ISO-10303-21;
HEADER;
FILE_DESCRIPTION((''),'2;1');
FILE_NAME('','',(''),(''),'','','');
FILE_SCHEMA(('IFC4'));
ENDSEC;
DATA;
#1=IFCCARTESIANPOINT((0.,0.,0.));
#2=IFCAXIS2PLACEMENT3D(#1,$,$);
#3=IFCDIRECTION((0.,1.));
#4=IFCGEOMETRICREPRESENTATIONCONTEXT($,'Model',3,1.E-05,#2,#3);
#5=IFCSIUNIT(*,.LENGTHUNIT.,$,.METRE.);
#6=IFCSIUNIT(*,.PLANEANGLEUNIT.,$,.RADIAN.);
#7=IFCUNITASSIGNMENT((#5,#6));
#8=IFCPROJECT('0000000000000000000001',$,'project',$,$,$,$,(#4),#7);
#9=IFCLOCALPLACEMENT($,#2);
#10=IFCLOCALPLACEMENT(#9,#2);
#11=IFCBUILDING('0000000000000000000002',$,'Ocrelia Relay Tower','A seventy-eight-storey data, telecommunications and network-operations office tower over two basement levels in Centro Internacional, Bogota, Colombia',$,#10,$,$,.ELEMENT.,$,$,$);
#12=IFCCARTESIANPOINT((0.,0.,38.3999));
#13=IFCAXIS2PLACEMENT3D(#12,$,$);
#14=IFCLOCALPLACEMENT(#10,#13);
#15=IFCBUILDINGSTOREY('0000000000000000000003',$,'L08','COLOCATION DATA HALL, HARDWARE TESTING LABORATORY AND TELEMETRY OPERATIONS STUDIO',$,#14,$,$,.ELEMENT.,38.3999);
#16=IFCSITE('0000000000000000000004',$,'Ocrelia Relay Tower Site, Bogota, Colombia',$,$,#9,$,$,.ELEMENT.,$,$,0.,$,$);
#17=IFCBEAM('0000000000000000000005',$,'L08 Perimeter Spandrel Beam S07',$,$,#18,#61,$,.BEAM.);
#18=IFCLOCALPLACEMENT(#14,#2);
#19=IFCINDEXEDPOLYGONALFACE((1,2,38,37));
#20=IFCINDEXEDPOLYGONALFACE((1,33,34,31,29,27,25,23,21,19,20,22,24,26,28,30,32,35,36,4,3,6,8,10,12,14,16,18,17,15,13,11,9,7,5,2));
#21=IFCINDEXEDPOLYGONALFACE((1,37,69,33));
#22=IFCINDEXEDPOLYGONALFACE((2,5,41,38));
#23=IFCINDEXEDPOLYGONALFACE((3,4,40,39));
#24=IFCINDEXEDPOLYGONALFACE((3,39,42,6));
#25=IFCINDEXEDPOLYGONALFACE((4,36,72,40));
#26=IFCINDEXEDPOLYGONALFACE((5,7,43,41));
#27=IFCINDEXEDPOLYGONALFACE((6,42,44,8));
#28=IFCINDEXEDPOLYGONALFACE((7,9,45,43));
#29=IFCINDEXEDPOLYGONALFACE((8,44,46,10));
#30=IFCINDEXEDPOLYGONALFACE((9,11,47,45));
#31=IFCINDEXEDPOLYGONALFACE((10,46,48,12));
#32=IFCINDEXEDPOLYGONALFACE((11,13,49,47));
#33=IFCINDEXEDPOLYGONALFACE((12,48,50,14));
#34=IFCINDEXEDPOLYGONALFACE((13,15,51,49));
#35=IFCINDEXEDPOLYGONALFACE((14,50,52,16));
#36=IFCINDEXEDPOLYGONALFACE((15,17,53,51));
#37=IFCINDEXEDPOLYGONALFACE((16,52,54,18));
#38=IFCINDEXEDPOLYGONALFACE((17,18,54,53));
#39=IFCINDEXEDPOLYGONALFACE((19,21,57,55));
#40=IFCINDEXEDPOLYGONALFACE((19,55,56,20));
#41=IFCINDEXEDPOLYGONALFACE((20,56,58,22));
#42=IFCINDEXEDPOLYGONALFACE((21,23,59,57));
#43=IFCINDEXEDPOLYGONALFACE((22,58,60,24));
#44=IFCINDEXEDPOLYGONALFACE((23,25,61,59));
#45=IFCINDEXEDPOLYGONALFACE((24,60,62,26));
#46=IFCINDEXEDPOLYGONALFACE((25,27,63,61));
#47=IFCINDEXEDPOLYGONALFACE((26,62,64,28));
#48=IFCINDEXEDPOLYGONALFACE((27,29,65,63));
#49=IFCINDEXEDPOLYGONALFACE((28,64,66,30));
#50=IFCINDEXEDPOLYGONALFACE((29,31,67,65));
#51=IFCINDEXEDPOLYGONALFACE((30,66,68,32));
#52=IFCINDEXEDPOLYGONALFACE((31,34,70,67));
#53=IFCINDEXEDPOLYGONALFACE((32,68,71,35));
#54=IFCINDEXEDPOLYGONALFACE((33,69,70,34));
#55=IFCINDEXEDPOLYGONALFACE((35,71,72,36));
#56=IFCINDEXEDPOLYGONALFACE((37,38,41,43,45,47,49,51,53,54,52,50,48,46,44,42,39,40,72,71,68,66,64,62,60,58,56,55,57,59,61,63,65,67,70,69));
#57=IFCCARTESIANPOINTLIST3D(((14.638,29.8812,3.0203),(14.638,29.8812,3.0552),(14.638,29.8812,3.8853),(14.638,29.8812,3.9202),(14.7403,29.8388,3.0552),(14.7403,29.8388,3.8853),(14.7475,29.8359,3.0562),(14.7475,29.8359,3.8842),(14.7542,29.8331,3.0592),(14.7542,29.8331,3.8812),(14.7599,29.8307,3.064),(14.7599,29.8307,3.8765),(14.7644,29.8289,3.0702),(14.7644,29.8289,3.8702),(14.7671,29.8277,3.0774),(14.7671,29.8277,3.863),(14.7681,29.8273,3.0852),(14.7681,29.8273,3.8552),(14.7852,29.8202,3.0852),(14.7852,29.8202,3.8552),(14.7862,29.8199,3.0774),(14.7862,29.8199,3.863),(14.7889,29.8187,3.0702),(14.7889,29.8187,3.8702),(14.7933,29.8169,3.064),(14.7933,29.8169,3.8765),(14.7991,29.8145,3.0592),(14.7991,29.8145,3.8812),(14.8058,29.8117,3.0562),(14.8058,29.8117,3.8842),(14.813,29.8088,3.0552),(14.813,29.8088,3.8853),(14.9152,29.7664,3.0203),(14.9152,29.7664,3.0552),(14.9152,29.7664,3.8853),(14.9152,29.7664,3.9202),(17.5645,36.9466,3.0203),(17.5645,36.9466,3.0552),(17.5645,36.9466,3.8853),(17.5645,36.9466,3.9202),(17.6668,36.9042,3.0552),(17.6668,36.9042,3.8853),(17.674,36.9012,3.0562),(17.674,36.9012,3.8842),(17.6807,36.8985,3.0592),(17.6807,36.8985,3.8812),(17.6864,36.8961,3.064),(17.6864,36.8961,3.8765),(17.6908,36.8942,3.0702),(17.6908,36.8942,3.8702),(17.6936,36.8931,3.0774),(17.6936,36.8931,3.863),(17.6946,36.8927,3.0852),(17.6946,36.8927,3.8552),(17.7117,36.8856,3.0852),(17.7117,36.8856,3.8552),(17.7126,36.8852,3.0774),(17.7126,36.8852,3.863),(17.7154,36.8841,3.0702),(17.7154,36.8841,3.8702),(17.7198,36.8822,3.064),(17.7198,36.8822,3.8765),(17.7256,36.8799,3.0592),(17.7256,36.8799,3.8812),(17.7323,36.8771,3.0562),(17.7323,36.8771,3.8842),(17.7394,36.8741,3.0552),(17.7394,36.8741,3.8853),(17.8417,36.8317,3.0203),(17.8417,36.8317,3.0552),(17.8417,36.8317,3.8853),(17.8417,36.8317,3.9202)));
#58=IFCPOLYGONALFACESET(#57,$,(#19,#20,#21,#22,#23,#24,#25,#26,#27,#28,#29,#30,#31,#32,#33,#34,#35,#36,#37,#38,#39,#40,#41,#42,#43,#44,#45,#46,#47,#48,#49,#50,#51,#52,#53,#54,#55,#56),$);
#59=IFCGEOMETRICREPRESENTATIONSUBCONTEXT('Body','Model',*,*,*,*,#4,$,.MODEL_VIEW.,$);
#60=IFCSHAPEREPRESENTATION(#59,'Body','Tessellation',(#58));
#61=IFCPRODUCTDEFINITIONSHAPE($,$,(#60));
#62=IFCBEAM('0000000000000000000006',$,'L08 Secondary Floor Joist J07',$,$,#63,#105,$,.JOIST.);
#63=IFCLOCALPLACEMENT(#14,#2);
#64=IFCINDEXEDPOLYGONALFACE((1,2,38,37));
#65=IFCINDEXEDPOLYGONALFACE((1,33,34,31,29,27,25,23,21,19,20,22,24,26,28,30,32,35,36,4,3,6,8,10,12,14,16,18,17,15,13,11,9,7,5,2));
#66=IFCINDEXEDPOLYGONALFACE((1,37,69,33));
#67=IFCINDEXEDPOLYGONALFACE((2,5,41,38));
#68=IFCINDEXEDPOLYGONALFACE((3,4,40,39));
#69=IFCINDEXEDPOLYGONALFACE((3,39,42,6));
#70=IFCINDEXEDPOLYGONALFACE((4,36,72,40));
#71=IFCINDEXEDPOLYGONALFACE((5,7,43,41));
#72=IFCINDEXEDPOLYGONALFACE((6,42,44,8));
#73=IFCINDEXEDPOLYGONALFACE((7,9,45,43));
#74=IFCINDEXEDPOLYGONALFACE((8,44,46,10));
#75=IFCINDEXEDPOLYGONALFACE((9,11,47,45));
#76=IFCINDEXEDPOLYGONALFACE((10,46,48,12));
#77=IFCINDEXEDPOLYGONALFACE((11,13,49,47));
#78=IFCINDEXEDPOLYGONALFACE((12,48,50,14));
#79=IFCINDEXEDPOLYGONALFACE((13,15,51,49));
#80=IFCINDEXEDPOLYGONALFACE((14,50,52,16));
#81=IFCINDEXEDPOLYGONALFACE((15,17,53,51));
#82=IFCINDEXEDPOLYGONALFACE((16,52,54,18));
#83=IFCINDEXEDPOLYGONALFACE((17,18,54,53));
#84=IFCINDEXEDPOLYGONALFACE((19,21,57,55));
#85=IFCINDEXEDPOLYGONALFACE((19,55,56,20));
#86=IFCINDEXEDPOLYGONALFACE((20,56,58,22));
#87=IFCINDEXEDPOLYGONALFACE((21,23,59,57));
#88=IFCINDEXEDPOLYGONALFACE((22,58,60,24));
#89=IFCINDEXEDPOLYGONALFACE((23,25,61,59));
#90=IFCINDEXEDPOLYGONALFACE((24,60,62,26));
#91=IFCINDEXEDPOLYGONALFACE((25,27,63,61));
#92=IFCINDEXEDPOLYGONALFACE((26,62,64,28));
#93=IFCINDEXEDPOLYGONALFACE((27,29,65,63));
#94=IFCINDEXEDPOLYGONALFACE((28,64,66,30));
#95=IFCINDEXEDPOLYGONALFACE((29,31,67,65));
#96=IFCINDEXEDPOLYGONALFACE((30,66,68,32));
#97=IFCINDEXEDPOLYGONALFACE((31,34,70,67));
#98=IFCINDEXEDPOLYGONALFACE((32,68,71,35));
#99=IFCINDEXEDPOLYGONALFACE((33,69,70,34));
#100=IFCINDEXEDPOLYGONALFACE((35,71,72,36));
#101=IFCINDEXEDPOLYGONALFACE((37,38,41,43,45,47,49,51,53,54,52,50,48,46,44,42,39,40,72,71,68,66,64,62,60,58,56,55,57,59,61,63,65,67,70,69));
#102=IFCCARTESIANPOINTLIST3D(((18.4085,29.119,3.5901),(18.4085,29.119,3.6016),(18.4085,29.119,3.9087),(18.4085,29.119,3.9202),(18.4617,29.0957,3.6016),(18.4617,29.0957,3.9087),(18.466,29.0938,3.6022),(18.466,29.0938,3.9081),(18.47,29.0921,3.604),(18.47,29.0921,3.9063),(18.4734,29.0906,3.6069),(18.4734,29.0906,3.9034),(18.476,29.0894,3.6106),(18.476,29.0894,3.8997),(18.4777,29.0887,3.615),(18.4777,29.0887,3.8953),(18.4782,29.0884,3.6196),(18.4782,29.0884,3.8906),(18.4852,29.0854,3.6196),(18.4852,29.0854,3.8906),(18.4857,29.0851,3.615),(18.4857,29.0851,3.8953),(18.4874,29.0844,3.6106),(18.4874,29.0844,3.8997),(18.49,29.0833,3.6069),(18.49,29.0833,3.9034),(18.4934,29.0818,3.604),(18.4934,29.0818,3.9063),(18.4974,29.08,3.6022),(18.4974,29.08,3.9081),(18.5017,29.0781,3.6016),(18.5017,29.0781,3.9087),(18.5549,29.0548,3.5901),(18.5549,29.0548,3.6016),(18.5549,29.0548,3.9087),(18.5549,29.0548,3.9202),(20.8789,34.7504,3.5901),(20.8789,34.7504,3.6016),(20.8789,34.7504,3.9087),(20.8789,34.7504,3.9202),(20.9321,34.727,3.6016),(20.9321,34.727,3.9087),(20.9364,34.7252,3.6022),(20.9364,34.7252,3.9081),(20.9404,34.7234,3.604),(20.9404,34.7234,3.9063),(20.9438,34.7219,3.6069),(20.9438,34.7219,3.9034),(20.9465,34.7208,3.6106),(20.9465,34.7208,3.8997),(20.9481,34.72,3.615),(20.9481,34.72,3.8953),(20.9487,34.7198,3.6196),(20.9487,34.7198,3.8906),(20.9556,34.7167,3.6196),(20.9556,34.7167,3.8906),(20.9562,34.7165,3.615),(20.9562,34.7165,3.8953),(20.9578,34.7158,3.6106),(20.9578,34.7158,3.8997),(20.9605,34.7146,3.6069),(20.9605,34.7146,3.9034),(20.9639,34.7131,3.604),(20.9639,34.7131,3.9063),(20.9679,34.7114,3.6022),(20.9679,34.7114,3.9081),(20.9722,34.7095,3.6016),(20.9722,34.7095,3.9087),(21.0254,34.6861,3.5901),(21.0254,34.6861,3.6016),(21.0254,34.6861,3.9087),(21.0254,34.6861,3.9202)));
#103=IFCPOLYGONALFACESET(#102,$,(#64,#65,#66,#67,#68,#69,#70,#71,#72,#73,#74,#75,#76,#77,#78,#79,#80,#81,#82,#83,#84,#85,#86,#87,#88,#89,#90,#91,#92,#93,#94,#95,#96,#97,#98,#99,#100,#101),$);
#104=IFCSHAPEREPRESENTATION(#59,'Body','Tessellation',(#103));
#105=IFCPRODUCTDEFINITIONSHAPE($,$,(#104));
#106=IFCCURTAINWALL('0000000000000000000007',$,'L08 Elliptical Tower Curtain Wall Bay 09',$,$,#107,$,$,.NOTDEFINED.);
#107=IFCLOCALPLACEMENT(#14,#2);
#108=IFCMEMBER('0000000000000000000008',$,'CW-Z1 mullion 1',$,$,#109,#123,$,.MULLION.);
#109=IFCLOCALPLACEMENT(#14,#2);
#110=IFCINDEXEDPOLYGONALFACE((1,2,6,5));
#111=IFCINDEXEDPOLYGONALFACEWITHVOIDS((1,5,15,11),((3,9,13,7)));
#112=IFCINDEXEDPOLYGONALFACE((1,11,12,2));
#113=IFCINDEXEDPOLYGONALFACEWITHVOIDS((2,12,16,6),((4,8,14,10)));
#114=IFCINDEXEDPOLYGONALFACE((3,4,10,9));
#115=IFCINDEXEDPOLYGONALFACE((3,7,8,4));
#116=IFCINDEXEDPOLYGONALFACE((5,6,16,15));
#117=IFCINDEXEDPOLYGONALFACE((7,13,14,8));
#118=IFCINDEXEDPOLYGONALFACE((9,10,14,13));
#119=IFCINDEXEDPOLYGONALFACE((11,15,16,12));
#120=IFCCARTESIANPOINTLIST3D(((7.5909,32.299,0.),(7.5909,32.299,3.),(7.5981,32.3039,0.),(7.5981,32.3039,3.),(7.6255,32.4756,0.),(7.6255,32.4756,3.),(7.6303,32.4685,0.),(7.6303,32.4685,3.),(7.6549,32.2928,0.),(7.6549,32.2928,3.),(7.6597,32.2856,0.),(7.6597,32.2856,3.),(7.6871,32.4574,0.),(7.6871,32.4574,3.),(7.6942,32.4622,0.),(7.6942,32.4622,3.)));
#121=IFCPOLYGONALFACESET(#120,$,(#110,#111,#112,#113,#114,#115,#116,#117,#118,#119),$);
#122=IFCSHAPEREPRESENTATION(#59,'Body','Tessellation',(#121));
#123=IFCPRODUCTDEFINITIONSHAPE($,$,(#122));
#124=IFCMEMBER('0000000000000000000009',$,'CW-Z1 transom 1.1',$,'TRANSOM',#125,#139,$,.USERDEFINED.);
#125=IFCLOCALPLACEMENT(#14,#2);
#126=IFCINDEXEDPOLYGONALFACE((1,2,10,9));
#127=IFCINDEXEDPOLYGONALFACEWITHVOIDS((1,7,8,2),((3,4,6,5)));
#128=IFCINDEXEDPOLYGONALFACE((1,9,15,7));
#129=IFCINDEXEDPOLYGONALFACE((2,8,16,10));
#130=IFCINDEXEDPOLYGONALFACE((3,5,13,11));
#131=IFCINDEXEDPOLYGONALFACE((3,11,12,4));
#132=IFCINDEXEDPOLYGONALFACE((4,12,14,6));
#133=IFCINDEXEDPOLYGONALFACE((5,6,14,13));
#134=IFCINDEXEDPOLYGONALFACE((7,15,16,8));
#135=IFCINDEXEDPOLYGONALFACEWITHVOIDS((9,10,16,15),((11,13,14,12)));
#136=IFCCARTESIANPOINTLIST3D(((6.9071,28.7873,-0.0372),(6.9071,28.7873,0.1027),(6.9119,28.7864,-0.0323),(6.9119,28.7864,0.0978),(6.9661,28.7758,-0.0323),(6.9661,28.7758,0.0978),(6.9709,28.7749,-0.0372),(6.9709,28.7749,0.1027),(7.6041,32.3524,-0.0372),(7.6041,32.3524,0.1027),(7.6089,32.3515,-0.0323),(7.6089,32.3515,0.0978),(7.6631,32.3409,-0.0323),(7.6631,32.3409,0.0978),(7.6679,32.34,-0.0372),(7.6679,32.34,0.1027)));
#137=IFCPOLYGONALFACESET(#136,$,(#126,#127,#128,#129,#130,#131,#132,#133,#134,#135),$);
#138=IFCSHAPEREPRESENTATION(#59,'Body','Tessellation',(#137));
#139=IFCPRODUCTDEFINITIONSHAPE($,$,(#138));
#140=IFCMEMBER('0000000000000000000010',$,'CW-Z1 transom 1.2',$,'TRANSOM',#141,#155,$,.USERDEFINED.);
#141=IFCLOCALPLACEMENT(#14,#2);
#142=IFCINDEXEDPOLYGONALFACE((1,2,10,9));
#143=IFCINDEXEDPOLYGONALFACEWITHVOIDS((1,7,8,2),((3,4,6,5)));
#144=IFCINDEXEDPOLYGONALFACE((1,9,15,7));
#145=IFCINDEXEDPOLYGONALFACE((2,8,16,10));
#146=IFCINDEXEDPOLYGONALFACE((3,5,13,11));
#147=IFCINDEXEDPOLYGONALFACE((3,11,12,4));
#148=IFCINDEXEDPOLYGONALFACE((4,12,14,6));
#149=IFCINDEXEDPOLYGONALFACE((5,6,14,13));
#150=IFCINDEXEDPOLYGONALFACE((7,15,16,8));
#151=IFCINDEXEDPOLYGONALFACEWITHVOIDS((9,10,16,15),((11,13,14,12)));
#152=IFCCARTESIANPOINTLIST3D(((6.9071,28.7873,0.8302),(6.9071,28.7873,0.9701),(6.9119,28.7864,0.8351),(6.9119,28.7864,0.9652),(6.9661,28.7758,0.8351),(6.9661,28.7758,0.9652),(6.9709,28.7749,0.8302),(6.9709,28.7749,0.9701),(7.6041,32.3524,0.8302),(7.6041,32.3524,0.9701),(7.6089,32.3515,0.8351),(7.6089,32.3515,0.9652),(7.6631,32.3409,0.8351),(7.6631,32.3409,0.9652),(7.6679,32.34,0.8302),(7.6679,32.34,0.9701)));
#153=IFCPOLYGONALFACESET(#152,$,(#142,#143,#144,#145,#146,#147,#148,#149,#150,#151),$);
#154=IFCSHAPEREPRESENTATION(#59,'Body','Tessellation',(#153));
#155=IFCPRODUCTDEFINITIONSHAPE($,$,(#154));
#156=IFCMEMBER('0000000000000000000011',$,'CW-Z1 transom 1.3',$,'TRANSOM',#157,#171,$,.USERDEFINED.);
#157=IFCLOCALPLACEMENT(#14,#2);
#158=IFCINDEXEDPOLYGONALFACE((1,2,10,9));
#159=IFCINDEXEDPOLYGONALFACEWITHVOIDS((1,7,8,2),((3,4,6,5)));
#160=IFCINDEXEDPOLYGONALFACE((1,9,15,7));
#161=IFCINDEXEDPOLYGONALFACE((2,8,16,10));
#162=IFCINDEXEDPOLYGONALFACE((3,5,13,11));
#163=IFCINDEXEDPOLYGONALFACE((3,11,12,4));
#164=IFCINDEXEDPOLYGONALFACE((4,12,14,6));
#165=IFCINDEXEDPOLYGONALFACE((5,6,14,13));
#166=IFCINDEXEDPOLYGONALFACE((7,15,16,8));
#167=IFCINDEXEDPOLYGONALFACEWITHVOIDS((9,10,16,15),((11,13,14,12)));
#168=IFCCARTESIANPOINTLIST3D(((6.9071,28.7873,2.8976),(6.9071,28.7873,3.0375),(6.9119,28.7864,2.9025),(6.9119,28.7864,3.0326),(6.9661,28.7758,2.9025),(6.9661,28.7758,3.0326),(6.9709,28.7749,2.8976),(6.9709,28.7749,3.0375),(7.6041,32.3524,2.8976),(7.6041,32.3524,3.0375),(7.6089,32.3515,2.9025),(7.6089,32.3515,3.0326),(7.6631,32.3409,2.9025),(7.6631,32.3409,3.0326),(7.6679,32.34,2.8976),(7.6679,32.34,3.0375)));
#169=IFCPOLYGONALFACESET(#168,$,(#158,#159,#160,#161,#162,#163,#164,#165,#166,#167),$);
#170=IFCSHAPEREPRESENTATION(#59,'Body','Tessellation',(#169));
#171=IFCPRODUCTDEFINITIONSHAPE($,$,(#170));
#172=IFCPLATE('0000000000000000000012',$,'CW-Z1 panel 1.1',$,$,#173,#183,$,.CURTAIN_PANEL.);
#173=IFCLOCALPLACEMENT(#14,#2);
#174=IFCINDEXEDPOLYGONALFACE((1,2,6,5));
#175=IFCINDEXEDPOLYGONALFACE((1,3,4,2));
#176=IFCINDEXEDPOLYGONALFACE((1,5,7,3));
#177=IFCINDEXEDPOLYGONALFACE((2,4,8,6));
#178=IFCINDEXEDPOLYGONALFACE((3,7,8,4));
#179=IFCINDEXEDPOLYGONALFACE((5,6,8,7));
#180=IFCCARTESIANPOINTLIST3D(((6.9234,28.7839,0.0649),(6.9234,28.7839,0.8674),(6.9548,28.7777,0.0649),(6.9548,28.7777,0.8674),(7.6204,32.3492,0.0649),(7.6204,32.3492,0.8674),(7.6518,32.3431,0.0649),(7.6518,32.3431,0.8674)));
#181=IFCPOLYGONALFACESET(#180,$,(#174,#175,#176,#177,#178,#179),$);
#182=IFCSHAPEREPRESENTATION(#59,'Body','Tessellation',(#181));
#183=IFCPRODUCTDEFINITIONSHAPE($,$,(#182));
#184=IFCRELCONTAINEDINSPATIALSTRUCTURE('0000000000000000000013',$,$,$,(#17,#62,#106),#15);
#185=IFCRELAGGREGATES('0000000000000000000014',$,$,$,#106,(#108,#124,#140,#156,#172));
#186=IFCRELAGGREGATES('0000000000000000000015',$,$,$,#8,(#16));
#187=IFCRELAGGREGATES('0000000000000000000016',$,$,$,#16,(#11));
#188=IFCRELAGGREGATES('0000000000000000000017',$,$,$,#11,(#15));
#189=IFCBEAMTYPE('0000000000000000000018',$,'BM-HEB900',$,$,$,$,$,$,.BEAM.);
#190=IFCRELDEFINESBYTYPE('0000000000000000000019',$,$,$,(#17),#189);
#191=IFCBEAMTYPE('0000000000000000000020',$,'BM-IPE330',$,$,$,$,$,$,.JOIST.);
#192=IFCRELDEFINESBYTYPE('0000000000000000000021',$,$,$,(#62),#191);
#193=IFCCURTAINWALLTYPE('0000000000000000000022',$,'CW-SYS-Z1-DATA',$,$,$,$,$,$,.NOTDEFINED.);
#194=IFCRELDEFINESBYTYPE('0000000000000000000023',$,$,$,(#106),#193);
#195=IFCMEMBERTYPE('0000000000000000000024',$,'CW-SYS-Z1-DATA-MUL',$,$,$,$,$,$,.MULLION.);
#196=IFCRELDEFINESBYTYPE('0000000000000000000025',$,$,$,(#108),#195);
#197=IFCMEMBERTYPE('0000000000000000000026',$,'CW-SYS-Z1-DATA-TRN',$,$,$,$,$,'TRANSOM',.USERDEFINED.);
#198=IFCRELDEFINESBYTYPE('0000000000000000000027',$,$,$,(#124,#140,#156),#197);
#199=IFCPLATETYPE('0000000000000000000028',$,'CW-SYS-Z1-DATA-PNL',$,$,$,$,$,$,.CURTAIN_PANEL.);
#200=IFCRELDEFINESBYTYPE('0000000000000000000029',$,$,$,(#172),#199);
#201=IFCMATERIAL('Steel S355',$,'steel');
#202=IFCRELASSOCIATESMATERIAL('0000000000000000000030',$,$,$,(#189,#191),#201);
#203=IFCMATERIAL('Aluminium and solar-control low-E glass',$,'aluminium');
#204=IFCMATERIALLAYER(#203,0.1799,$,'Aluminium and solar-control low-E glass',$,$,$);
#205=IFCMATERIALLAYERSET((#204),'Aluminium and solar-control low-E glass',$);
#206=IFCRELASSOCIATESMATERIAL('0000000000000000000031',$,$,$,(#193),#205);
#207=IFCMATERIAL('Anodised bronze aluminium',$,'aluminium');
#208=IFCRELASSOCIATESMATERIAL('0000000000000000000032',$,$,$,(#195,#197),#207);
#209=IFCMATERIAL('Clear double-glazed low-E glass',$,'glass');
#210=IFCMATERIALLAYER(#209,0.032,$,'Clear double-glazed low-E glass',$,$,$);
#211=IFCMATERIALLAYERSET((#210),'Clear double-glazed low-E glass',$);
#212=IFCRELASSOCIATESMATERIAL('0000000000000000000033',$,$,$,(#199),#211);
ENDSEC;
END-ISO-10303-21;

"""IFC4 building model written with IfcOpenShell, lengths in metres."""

from ifc_helpers import new_model, si_unit, direction, frame, origin, origin_2d, place, context, subcontext, project, spatial, rectangle, hollow_rectangle, i_section, extrude, material, layer, layer_set, material_profile, profile_set, type_object, element, aggregate, save


model = new_model("IFC4")

# Units and contexts
model_context = context("Model", 3, precision=1e-05, world=origin(), true_north=direction((0.0, 1.0)))
body_context = subcontext(model_context, "Body", "Model", "MODEL_VIEW")
ifc_project = project(units=[si_unit("LENGTHUNIT", "METRE"), si_unit("PLANEANGLEUNIT", "RADIAN")], contexts=[model_context])

# Site, building, storey
site_placement = place(None, origin())
site = spatial("IfcSite", under=ifc_project, at=site_placement, Name="Ocrelia Relay Tower Site, Bogota, Colombia", CompositionType="ELEMENT", RefElevation=0.0)
building_placement = place(site_placement, origin())
building = spatial("IfcBuilding", under=site, at=building_placement, Name="Ocrelia Relay Tower", Description="A seventy-eight-storey data, telecommunications and network-operations office tower over two basement levels in Centro Internacional, Bogota, Colombia", CompositionType="ELEMENT")
storey_placement = place(building_placement, frame((0.0, 0.0, 38.3999)))
storey = spatial("IfcBuildingStorey", under=building, at=storey_placement, Name="L08", Description="COLOCATION DATA HALL, HARDWARE TESTING LABORATORY AND TELEMETRY OPERATIONS STUDIO", CompositionType="ELEMENT", Elevation=38.3999)

# Beams
ifc_material_1 = material(Name="Steel S355", Category="steel")
ifc_material_profile_1 = material_profile(ifc_material_1, i_section(OverallWidth=0.3, OverallDepth=0.8999, WebThickness=0.0186, FlangeThickness=0.0349, FilletRadius=0.03, at=origin_2d()), Name="HEB 900")
ifc_profile_set_1 = profile_set([ifc_material_profile_1], Name="Steel S355")
beam_type_1 = type_object("IfcBeamType", Name="BM-HEB900", PredefinedType="BEAM", material=ifc_profile_set_1)
beam_1_placement = place(storey_placement, frame((17.7031, 36.8892, 3.4702), z_axis=(-0.382674, -0.923883, 0.0), x_axis=(0.923883, -0.382674, 0.0)))
element("IfcBeam", 1, at=beam_1_placement, inside=storey, type_object=beam_type_1, Name="L08 Perimeter Spandrel Beam S07", PredefinedType="BEAM", context=body_context, shape_type="SweptSolid", body=[
    extrude(i_section(OverallWidth=0.3, OverallDepth=0.8999, WebThickness=0.0186, FlangeThickness=0.0349, FilletRadius=0.03, at=origin_2d()), origin(), (0.0, 0.0, 1.0), 7.6475),
])
ifc_material_profile_2 = material_profile(ifc_material_1, i_section(OverallWidth=0.1599, OverallDepth=0.3301, WebThickness=0.0076, FlangeThickness=0.0115, FilletRadius=0.0181, at=origin_2d()), Name="IPE 330")
ifc_profile_set_2 = profile_set([ifc_material_profile_2], Name="Steel S355")
beam_type_2 = type_object("IfcBeamType", Name="BM-IPE330", PredefinedType="JOIST", material=ifc_profile_set_2)
beam_2_placement = place(storey_placement, frame((20.9521, 34.7183, 3.7551), z_axis=(-0.401739, -0.915754, 0.0), x_axis=(0.915754, -0.401739, 0.0)))
element("IfcBeam", 2, at=beam_2_placement, inside=storey, type_object=beam_type_2, Name="L08 Secondary Floor Joist J07", PredefinedType="JOIST", context=body_context, shape_type="SweptSolid", body=[
    extrude(i_section(OverallWidth=0.1599, OverallDepth=0.3301, WebThickness=0.0076, FlangeThickness=0.0115, FilletRadius=0.0181, at=origin_2d()), origin(), (0.0, 0.0, 1.0), 6.1494),
])

# Curtain wall, members, plate
ifc_material_2 = material(Name="Aluminium and solar-control low-E glass", Category="aluminium")
ifc_layer_1 = layer(ifc_material_2, 0.1799, Name="Aluminium and solar-control low-E glass")
ifc_layer_set_1 = layer_set([ifc_layer_1], Name="Aluminium and solar-control low-E glass")
curtain_wall_type = type_object("IfcCurtainWallType", Name="CW-SYS-Z1-DATA", PredefinedType="NOTDEFINED", material=ifc_layer_set_1)
curtain_wall_placement = place(storey_placement, origin())
curtain_wall = element("IfcCurtainWall", 3, at=curtain_wall_placement, inside=storey, type_object=curtain_wall_type, Name="L08 Elliptical Tower Curtain Wall Bay 09", PredefinedType="NOTDEFINED")
ifc_material_3 = material(Name="Anodised bronze aluminium", Category="aluminium")
ifc_material_profile_3 = material_profile(ifc_material_3, hollow_rectangle(XDim=0.0701, YDim=0.1799, WallThickness=0.0061, at=origin_2d()), Name="CW-MUL-180x70")
ifc_profile_set_3 = profile_set([ifc_material_profile_3], Name="Anodised bronze aluminium")
member_type_1 = type_object("IfcMemberType", Name="CW-SYS-Z1-DATA-MUL", PredefinedType="MULLION", material=ifc_profile_set_3)
member_1_placement = place(storey_placement, frame((7.6426, 32.3806, 0.0), z_axis=(0.0, 0.0, 1.0), x_axis=(0.981426, -0.191841, 0.0)))
member_1 = element("IfcMember", 4, at=member_1_placement, type_object=member_type_1, Name="CW-Z1 mullion 1", PredefinedType="MULLION", context=body_context, shape_type="SweptSolid", body=[
    extrude(hollow_rectangle(XDim=0.0701, YDim=0.1799, WallThickness=0.0061, at=origin_2d()), origin(), (0.0, 0.0, 1.0), 3.0),
])
ifc_material_profile_4 = material_profile(ifc_material_3, hollow_rectangle(XDim=0.0649, YDim=0.1399, WallThickness=0.0049, at=origin_2d()), Name="CW-TRN-140x65")
ifc_profile_set_4 = profile_set([ifc_material_profile_4], Name="Anodised bronze aluminium")
member_type_2 = type_object("IfcMemberType", Name="CW-SYS-Z1-DATA-TRN", ElementType="TRANSOM", PredefinedType="USERDEFINED", material=ifc_profile_set_4)
member_2_placement = place(storey_placement, frame((7.636, 32.3462, 0.0327), z_axis=(-0.191875, -0.981419, 0.0), x_axis=(0.981419, -0.191875, 0.0)))
member_2 = element("IfcMember", 5, at=member_2_placement, type_object=member_type_2, Name="CW-Z1 transom 1.1", ObjectType="TRANSOM", PredefinedType="USERDEFINED", context=body_context, shape_type="SweptSolid", body=[
    extrude(hollow_rectangle(XDim=0.0649, YDim=0.1399, WallThickness=0.0049, at=origin_2d()), origin(), (0.0, 0.0, 1.0), 3.6326),
])
member_3_placement = place(storey_placement, frame((7.636, 32.3462, 0.9001), z_axis=(-0.191875, -0.981419, 0.0), x_axis=(0.981419, -0.191875, 0.0)))
member_3 = element("IfcMember", 6, at=member_3_placement, type_object=member_type_2, Name="CW-Z1 transom 1.2", ObjectType="TRANSOM", PredefinedType="USERDEFINED", context=body_context, shape_type="SweptSolid", body=[
    extrude(hollow_rectangle(XDim=0.0649, YDim=0.1399, WallThickness=0.0049, at=origin_2d()), origin(), (0.0, 0.0, 1.0), 3.6326),
])
member_4_placement = place(storey_placement, frame((7.636, 32.3462, 2.9675), z_axis=(-0.191875, -0.981419, 0.0), x_axis=(0.981419, -0.191875, 0.0)))
member_4 = element("IfcMember", 7, at=member_4_placement, type_object=member_type_2, Name="CW-Z1 transom 1.3", ObjectType="TRANSOM", PredefinedType="USERDEFINED", context=body_context, shape_type="SweptSolid", body=[
    extrude(hollow_rectangle(XDim=0.0649, YDim=0.1399, WallThickness=0.0049, at=origin_2d()), origin(), (0.0, 0.0, 1.0), 3.6326),
])
ifc_material_4 = material(Name="Clear double-glazed low-E glass", Category="glass")
ifc_layer_2 = layer(ifc_material_4, 0.032, Name="Clear double-glazed low-E glass")
ifc_layer_set_2 = layer_set([ifc_layer_2], Name="Clear double-glazed low-E glass")
plate_type = type_object("IfcPlateType", Name="CW-SYS-Z1-DATA-PNL", PredefinedType="CURTAIN_PANEL", material=ifc_layer_set_2)
plate_1_placement = place(storey_placement, frame((7.2876, 30.5635, 0.0649), z_axis=(0.0, 0.0, 1.0), x_axis=(-0.191841, -0.981426, 0.0)))
plate_1 = element("IfcPlate", 8, at=plate_1_placement, type_object=plate_type, Name="CW-Z1 panel 1.1", PredefinedType="CURTAIN_PANEL", context=body_context, shape_type="SweptSolid", body=[
    extrude(rectangle(XDim=3.6328, YDim=0.032, at=origin_2d()), origin(), (0.0, 0.0, 1.0), 0.8025),
])
aggregate(curtain_wall, [member_1, member_2, member_3, member_4, plate_1])

save(model, "model.ifc")
